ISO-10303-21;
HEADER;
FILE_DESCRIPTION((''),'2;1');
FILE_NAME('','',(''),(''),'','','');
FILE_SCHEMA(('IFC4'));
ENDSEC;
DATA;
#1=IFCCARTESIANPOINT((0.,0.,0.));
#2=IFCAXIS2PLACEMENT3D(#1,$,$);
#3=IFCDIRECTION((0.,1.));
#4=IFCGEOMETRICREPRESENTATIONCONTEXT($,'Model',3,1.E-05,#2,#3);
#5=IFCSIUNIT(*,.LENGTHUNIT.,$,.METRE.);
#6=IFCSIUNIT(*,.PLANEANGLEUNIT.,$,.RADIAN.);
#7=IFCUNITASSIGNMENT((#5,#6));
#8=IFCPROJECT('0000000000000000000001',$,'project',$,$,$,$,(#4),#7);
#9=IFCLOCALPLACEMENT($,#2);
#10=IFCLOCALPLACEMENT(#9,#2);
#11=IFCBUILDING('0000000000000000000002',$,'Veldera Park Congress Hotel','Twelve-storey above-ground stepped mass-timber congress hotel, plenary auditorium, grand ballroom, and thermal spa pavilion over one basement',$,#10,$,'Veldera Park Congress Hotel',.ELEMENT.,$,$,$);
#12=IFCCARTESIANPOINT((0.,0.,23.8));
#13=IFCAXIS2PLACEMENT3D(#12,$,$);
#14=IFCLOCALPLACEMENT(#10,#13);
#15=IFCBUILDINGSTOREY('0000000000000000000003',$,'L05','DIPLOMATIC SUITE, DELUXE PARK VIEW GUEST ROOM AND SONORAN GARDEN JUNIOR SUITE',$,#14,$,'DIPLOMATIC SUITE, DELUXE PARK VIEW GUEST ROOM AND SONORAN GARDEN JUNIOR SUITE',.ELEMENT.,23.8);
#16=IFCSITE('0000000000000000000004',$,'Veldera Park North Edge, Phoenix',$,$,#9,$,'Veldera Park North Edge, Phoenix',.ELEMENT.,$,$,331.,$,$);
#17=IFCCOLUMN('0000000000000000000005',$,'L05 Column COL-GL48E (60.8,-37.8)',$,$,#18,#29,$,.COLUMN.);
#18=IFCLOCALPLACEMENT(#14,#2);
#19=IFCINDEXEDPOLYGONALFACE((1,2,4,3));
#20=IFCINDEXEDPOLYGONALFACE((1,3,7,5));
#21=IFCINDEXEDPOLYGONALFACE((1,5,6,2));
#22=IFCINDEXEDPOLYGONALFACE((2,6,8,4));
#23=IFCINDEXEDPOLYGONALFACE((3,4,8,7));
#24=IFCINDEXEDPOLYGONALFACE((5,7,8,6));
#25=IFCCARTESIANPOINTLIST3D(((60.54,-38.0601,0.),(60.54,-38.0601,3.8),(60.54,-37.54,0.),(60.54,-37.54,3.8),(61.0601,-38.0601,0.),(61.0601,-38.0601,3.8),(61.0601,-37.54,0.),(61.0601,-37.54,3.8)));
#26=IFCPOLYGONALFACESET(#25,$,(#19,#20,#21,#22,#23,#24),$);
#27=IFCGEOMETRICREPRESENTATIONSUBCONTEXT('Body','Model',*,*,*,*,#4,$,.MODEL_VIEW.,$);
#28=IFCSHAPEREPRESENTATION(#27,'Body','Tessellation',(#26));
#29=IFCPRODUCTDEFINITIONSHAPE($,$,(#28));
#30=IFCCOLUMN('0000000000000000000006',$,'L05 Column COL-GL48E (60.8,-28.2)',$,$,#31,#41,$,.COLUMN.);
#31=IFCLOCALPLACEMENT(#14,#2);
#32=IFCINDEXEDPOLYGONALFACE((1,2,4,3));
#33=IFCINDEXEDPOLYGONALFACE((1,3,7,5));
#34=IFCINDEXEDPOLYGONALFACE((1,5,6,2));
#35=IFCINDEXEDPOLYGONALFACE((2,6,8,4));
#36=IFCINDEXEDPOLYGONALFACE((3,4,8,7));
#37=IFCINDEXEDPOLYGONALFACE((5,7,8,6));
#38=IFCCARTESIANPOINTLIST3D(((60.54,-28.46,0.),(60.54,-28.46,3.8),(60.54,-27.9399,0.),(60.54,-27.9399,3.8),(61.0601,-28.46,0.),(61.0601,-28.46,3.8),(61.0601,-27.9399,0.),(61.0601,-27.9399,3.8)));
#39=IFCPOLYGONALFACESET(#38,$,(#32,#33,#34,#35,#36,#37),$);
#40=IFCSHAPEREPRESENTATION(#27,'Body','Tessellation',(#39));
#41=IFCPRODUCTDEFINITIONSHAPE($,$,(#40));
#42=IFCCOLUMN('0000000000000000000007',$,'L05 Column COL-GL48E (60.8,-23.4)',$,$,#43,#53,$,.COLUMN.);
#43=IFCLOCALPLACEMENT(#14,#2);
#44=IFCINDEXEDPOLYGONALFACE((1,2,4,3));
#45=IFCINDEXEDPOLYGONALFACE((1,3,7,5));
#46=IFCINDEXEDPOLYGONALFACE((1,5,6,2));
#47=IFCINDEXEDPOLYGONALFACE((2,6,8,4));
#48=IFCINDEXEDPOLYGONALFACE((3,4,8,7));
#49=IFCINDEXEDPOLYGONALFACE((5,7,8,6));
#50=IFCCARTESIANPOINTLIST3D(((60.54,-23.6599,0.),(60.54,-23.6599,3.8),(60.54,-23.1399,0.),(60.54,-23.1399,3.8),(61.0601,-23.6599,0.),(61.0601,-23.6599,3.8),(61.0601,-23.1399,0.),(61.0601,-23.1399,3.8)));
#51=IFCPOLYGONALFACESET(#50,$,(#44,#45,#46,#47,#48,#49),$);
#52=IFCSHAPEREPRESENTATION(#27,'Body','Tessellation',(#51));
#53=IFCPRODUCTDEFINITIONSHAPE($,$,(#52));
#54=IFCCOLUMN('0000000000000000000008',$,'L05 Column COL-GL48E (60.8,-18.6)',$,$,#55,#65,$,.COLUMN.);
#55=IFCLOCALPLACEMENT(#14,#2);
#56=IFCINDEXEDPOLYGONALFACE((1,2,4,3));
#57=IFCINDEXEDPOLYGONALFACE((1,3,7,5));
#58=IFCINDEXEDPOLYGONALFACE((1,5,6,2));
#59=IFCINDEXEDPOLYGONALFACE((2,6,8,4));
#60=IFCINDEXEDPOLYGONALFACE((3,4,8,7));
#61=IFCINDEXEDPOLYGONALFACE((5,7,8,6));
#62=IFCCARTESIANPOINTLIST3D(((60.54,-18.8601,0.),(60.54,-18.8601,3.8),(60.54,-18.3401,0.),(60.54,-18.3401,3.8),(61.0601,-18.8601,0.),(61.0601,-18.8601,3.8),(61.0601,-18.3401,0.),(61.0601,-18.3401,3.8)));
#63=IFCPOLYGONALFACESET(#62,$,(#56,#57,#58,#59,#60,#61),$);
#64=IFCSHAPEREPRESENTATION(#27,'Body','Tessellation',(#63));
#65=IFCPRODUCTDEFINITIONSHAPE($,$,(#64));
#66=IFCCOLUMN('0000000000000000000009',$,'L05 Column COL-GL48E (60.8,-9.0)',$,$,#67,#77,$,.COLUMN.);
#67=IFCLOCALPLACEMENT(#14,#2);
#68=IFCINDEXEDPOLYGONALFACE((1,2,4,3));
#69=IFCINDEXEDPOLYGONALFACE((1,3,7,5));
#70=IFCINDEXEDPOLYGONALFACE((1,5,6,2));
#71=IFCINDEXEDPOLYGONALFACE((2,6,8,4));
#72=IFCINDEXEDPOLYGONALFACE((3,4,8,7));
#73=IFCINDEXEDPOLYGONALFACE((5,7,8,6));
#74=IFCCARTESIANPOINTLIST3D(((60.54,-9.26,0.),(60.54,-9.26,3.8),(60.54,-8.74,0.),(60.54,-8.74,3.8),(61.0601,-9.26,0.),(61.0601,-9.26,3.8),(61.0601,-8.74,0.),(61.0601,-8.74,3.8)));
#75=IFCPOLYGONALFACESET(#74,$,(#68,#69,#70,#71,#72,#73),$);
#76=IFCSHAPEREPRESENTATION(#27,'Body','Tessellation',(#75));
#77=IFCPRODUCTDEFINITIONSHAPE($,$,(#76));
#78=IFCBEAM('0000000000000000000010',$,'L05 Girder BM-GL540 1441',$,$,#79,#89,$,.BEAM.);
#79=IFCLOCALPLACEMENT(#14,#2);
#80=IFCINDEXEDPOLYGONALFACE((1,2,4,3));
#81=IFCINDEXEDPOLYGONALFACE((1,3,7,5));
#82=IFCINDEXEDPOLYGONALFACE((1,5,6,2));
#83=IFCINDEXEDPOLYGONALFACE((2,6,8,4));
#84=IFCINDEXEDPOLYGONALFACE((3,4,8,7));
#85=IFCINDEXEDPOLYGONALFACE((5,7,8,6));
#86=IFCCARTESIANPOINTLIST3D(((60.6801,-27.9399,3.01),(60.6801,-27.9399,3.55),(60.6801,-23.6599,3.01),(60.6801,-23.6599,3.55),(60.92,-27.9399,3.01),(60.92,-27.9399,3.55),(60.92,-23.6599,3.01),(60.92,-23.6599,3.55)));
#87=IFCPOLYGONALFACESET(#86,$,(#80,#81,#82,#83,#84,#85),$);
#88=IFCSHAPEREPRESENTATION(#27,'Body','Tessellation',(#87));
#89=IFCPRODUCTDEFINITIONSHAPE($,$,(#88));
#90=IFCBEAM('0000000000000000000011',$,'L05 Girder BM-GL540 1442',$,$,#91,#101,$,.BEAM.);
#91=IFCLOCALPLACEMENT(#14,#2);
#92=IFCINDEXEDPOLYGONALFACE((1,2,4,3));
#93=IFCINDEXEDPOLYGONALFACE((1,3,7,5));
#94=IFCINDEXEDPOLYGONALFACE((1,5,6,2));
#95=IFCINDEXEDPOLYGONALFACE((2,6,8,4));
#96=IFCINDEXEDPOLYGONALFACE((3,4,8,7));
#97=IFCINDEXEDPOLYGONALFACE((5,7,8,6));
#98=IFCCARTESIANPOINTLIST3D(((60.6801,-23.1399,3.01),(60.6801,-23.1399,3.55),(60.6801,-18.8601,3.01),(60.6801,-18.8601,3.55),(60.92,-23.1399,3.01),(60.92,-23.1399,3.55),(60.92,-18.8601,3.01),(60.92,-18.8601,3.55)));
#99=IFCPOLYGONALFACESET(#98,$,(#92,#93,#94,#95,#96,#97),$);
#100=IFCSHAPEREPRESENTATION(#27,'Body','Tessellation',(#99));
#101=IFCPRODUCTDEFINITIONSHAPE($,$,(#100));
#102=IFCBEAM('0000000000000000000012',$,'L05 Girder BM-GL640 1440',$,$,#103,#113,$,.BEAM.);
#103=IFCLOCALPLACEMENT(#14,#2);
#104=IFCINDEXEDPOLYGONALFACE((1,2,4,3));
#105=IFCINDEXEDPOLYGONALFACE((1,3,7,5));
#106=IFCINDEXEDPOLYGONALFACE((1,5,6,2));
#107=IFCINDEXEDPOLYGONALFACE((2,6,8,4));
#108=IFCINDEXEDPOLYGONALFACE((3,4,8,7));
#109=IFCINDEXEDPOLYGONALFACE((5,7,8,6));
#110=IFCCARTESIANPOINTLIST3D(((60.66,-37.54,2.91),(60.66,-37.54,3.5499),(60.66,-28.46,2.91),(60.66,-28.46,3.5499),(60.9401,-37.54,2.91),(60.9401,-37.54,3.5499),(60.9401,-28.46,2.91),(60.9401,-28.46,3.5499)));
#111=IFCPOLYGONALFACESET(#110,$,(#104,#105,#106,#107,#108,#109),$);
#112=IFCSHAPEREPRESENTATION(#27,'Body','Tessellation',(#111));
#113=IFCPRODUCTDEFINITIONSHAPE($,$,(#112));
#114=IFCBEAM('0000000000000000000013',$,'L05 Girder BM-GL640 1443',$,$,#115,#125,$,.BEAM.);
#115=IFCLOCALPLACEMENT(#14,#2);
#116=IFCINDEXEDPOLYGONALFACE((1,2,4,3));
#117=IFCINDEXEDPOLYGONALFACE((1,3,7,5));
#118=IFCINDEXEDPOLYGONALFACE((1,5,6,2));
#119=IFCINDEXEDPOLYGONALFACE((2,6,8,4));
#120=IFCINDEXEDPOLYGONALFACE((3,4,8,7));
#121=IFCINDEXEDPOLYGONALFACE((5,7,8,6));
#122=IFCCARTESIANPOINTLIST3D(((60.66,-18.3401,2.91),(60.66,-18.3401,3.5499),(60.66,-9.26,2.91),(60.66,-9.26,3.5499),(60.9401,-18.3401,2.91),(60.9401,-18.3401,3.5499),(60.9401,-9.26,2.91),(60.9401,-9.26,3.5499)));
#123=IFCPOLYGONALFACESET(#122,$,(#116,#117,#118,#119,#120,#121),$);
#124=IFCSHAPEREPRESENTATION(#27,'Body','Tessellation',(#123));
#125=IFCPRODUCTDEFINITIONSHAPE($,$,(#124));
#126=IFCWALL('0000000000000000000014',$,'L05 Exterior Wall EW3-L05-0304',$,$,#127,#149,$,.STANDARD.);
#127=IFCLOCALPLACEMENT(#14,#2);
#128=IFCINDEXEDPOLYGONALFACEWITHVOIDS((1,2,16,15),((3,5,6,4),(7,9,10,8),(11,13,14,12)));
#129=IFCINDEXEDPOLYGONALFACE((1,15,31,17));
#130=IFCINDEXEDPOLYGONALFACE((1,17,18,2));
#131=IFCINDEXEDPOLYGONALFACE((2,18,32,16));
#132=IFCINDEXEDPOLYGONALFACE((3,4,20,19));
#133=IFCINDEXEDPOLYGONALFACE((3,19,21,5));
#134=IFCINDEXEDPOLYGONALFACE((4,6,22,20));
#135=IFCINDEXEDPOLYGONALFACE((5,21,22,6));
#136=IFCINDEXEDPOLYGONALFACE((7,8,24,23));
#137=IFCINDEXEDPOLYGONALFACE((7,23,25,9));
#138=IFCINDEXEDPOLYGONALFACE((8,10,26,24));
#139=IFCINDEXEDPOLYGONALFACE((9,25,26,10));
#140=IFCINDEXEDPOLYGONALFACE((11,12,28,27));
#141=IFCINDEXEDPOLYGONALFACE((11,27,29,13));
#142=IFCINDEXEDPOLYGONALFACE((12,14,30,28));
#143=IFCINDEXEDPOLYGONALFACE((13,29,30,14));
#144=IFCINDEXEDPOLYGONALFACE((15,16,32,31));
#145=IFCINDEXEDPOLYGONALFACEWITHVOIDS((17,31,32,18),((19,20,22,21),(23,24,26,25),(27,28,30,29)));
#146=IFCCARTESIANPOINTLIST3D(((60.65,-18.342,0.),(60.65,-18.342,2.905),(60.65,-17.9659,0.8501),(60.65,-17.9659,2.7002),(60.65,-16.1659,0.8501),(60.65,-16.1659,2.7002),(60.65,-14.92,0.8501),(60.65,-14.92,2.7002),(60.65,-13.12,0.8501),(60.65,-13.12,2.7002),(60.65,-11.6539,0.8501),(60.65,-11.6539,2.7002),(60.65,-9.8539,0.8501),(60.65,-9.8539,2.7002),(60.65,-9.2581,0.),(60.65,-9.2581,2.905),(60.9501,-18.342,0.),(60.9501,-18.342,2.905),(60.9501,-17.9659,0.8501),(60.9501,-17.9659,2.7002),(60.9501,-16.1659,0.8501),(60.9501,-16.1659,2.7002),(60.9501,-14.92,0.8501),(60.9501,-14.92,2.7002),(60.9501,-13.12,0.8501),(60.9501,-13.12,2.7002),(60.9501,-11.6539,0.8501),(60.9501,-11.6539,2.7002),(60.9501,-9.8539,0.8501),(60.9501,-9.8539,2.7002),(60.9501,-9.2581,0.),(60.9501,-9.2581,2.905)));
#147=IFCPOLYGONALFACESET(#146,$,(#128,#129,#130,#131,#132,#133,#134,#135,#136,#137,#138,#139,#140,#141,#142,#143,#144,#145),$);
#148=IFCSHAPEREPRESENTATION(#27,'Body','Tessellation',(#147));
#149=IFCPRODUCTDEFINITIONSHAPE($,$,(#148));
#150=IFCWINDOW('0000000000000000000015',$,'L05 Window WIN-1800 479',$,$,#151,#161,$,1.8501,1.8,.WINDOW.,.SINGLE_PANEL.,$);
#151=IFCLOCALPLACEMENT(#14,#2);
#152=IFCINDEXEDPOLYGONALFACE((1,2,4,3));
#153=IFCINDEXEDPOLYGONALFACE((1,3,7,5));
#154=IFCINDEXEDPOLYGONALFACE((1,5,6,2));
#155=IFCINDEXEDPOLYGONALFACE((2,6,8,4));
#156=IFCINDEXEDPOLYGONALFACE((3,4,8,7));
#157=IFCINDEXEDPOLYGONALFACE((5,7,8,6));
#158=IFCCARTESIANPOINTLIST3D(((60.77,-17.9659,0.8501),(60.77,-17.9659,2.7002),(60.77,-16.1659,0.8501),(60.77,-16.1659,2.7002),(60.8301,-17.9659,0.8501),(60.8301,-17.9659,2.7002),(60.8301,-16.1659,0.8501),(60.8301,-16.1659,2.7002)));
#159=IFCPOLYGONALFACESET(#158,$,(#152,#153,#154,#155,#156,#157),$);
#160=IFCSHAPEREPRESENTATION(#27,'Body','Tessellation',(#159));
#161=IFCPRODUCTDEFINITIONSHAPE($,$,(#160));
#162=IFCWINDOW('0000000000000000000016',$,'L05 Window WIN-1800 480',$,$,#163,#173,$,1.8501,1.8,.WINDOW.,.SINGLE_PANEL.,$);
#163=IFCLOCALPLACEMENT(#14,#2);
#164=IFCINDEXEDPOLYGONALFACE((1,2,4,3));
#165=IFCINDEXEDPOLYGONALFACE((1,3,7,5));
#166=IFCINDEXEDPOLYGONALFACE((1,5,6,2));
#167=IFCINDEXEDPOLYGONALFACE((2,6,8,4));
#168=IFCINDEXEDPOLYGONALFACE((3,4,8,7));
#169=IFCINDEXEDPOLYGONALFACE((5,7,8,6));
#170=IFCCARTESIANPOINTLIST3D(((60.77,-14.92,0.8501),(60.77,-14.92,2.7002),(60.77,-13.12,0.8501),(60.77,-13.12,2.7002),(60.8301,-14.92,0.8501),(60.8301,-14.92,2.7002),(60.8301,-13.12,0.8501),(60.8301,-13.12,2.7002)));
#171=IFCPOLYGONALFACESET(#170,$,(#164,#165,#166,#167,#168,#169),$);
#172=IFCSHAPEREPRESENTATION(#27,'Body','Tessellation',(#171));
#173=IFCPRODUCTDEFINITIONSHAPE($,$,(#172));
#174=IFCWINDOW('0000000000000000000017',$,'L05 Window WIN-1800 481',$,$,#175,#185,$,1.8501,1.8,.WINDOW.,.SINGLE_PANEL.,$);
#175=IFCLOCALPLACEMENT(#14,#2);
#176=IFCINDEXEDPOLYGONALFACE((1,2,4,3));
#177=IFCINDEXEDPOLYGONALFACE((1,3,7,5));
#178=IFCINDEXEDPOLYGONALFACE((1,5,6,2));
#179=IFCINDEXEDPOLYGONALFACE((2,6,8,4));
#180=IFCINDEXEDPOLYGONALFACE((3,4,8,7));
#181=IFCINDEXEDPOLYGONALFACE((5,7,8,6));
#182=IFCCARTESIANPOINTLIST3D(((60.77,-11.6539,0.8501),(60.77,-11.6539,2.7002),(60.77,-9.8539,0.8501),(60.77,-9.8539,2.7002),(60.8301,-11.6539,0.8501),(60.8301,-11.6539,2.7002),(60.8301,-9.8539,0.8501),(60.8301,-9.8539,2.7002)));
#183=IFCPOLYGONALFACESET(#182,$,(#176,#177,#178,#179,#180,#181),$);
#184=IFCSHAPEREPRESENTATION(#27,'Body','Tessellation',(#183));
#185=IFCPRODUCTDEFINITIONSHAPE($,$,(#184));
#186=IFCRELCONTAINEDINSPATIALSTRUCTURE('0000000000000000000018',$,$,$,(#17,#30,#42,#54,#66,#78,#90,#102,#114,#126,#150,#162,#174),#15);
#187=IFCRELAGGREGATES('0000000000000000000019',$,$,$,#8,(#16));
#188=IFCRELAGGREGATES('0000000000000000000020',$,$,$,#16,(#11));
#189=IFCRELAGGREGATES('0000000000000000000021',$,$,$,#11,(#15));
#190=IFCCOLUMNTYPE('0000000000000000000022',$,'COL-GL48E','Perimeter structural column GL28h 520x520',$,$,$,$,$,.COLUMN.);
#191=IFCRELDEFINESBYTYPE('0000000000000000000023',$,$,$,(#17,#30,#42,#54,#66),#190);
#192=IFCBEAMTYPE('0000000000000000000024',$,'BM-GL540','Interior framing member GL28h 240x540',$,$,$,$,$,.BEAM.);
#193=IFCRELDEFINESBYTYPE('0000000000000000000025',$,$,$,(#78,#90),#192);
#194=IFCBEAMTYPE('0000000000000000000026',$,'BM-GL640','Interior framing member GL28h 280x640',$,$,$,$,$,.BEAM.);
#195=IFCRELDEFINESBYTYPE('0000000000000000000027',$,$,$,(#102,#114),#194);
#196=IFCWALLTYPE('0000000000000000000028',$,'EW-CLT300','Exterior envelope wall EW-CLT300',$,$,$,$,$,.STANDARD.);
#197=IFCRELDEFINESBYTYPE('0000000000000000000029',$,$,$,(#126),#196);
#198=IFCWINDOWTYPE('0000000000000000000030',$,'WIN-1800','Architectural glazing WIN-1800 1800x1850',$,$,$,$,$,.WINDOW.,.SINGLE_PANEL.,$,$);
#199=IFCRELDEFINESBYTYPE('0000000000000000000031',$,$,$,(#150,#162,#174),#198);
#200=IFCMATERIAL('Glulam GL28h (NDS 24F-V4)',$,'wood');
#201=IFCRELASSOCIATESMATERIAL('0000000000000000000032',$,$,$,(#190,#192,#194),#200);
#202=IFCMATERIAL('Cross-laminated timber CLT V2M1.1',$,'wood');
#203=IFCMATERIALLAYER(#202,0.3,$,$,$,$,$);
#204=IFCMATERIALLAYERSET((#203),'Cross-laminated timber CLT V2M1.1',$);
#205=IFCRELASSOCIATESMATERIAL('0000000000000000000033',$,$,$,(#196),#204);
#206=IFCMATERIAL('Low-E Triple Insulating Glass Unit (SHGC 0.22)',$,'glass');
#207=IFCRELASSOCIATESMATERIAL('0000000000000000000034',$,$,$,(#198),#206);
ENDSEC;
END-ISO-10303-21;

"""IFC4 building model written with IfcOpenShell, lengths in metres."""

from ifc_helpers import new_model, si_unit, direction, frame, frame_2d, origin, origin_2d, place, context, subcontext, project, spatial, rectangle, extrude, material, layer, layer_set, material_profile, profile_set, type_object, element, fill, save


model = new_model("IFC4")

# Units and contexts
model_context = context("Model", 3, precision=1e-05, world=origin(), true_north=direction((0.0, 1.0)))
body_context = subcontext(model_context, "Body", "Model", "MODEL_VIEW")
ifc_project = project(units=[si_unit("LENGTHUNIT", "METRE"), si_unit("PLANEANGLEUNIT", "RADIAN")], contexts=[model_context])

# Site, building, storey
site_placement = place(None, origin())
site = spatial("IfcSite", under=ifc_project, at=site_placement, Name="Veldera Park North Edge, Phoenix", LongName="Veldera Park North Edge, Phoenix", CompositionType="ELEMENT", RefElevation=331.0)
building_placement = place(site_placement, origin())
building = spatial("IfcBuilding", under=site, at=building_placement, Name="Veldera Park Congress Hotel", Description="Twelve-storey above-ground stepped mass-timber congress hotel, plenary auditorium, grand ballroom, and thermal spa pavilion over one basement", LongName="Veldera Park Congress Hotel", CompositionType="ELEMENT")
storey_placement = place(building_placement, frame((0.0, 0.0, 23.8)))
storey = spatial("IfcBuildingStorey", under=building, at=storey_placement, Name="L05", Description="DIPLOMATIC SUITE, DELUXE PARK VIEW GUEST ROOM AND SONORAN GARDEN JUNIOR SUITE", LongName="DIPLOMATIC SUITE, DELUXE PARK VIEW GUEST ROOM AND SONORAN GARDEN JUNIOR SUITE", CompositionType="ELEMENT", Elevation=23.8)

# Columns
ifc_material_1 = material(Name="Glulam GL28h (NDS 24F-V4)", Category="wood")
ifc_material_profile_1 = material_profile(ifc_material_1, rectangle(XDim=0.52, YDim=0.52, at=origin_2d()), Name="GL28h 520x520")
ifc_profile_set_1 = profile_set([ifc_material_profile_1], Name="Glulam GL28h (NDS 24F-V4)")
column_type = type_object("IfcColumnType", Name="COL-GL48E", Description="Perimeter structural column GL28h 520x520", PredefinedType="COLUMN", material=ifc_profile_set_1)
for number, where, z_axis, x_axis, name in (
    (1, (60.8, -37.8, 0.0), (0.0, 0.0, 1.0), (1.0, 0.0, 0.0), "L05 Column COL-GL48E (60.8,-37.8)"),
    (2, (60.8, -28.2, 0.0), (0.0, 0.0, 1.0), (1.0, 0.0, 0.0), "L05 Column COL-GL48E (60.8,-28.2)"),
    (3, (60.8, -23.3999, 0.0), (0.0, 0.0, 1.0), (1.0, 0.0, 0.0), "L05 Column COL-GL48E (60.8,-23.4)"),
    (4, (60.8, -18.6001, 0.0), (0.0, 0.0, 1.0), (1.0, 0.0, 0.0), "L05 Column COL-GL48E (60.8,-18.6)"),
    (5, (60.8, -9.0, 0.0), (0.0, 0.0, 1.0), (1.0, 0.0, 0.0), "L05 Column COL-GL48E (60.8,-9.0)"),
):
    element("IfcColumn", number, at=place(storey_placement, frame(where, z_axis=z_axis, x_axis=x_axis)), inside=storey, type_object=column_type, Name=name, PredefinedType="COLUMN", context=body_context, shape_type="SweptSolid", body=[
        extrude(rectangle(XDim=0.52, YDim=0.52, at=origin_2d()), origin(), (0.0, 0.0, 1.0), 3.8),
    ])

# Beams
ifc_material_profile_2 = material_profile(ifc_material_1, rectangle(XDim=0.24, YDim=0.54, at=origin_2d()), Name="GL28h 240x540")
ifc_profile_set_2 = profile_set([ifc_material_profile_2], Name="Glulam GL28h (NDS 24F-V4)")
beam_type_1 = type_object("IfcBeamType", Name="BM-GL540", Description="Interior framing member GL28h 240x540", PredefinedType="BEAM", material=ifc_profile_set_2)
beam_1_placement = place(storey_placement, frame((60.8, -27.9399, 3.28), z_axis=(0.0, 1.0, 0.0), x_axis=(-1.0, 0.0, 0.0)))
element("IfcBeam", 6, at=beam_1_placement, inside=storey, type_object=beam_type_1, Name="L05 Girder BM-GL540 1441", PredefinedType="BEAM", context=body_context, shape_type="SweptSolid", body=[
    extrude(rectangle(XDim=0.24, YDim=0.54, at=origin_2d()), origin(), (0.0, 0.0, 1.0), 4.28),
])
beam_2_placement = place(storey_placement, frame((60.8, -23.1399, 3.28), z_axis=(0.0, 1.0, 0.0), x_axis=(-1.0, 0.0, 0.0)))
element("IfcBeam", 7, at=beam_2_placement, inside=storey, type_object=beam_type_1, Name="L05 Girder BM-GL540 1442", PredefinedType="BEAM", context=body_context, shape_type="SweptSolid", body=[
    extrude(rectangle(XDim=0.24, YDim=0.54, at=origin_2d()), origin(), (0.0, 0.0, 1.0), 4.2798),
])
ifc_material_profile_3 = material_profile(ifc_material_1, rectangle(XDim=0.28, YDim=0.6399, at=origin_2d()), Name="GL28h 280x640")
ifc_profile_set_3 = profile_set([ifc_material_profile_3], Name="Glulam GL28h (NDS 24F-V4)")
beam_type_2 = type_object("IfcBeamType", Name="BM-GL640", Description="Interior framing member GL28h 280x640", PredefinedType="BEAM", material=ifc_profile_set_3)
for number, where, z_axis, x_axis, name in (
    (8, (60.8, -37.54, 3.23), (0.0, 1.0, 0.0), (-1.0, 0.0, 0.0), "L05 Girder BM-GL640 1440"),
    (9, (60.8, -18.3401, 3.23), (0.0, 1.0, 0.0), (-1.0, 0.0, 0.0), "L05 Girder BM-GL640 1443"),
):
    element("IfcBeam", number, at=place(storey_placement, frame(where, z_axis=z_axis, x_axis=x_axis)), inside=storey, type_object=beam_type_2, Name=name, PredefinedType="BEAM", context=body_context, shape_type="SweptSolid", body=[
        extrude(rectangle(XDim=0.28, YDim=0.6399, at=origin_2d()), origin(), (0.0, 0.0, 1.0), 9.0801),
    ])

# Wall, openings, windows
ifc_material_2 = material(Name="Cross-laminated timber CLT V2M1.1", Category="wood")
ifc_layer_1 = layer(ifc_material_2, 0.3)
ifc_layer_set_1 = layer_set([ifc_layer_1], Name="Cross-laminated timber CLT V2M1.1")
wall_type_1 = type_object("IfcWallType", Name="EW-CLT300", Description="Exterior envelope wall EW-CLT300", PredefinedType="STANDARD", material=ifc_layer_set_1)
wall_1_placement = place(storey_placement, frame((60.8, -9.2581, 0.0), z_axis=(0.0, 0.0, 1.0), x_axis=(0.0, -1.0, 0.0)))
wall_1 = element("IfcWall", 10, at=wall_1_placement, inside=storey, type_object=wall_type_1, Name="L05 Exterior Wall EW3-L05-0304", PredefinedType="STANDARD", context=body_context, shape_type="SweptSolid", body=[
    extrude(rectangle(XDim=9.084, YDim=0.3, at=frame_2d((4.542, 0.0))), origin(), (0.0, 0.0, 1.0), 2.905),
])
opening_1_placement = place(wall_1_placement, frame((6.908, 0.0, 0.8501)))
opening_1 = element("IfcOpeningElement", 11, at=opening_1_placement, cuts=wall_1, PredefinedType="OPENING", context=body_context, shape_type="SweptSolid", body=[
    extrude(rectangle(XDim=1.8, YDim=1.8501, at=frame_2d((0.8999, 0.925))), frame((0.0, 0.1621, 0.0), z_axis=(0.0, -1.0, 0.0), x_axis=(1.0, 0.0, 0.0)), (0.0, 0.0, 1.0), 0.324),
])
opening_2_placement = place(wall_1_placement, frame((3.8621, 0.0, 0.8501)))
opening_2 = element("IfcOpeningElement", 12, at=opening_2_placement, cuts=wall_1, PredefinedType="OPENING", context=body_context, shape_type="SweptSolid", body=[
    extrude(rectangle(XDim=1.8, YDim=1.8501, at=frame_2d((0.8999, 0.925))), frame((0.0, 0.1621, 0.0), z_axis=(0.0, -1.0, 0.0), x_axis=(1.0, 0.0, 0.0)), (0.0, 0.0, 1.0), 0.324),
])
opening_3_placement = place(wall_1_placement, frame((0.5959, 0.0, 0.8501)))
opening_3 = element("IfcOpeningElement", 13, at=opening_3_placement, cuts=wall_1, PredefinedType="OPENING", context=body_context, shape_type="SweptSolid", body=[
    extrude(rectangle(XDim=1.8, YDim=1.8501, at=frame_2d((0.8999, 0.925))), frame((0.0, 0.1621, 0.0), z_axis=(0.0, -1.0, 0.0), x_axis=(1.0, 0.0, 0.0)), (0.0, 0.0, 1.0), 0.324),
])
ifc_material_3 = material(Name="Low-E Triple Insulating Glass Unit (SHGC 0.22)", Category="glass")
window_type_1 = type_object("IfcWindowType", Name="WIN-1800", Description="Architectural glazing WIN-1800 1800x1850", PartitioningType="SINGLE_PANEL", PredefinedType="WINDOW", material=ifc_material_3)
window_1_placement = place(opening_1_placement, origin())
window_1 = element("IfcWindow", 14, at=window_1_placement, inside=storey, type_object=window_type_1, Name="L05 Window WIN-1800 479", OverallHeight=1.8501, OverallWidth=1.8, PartitioningType="SINGLE_PANEL", PredefinedType="WINDOW", context=body_context, shape_type="SweptSolid", body=[
    extrude(rectangle(XDim=1.8, YDim=1.8501, at=frame_2d((0.8999, 0.925))), frame((0.0, 0.03, 0.0), z_axis=(0.0, -1.0, 0.0), x_axis=(1.0, 0.0, 0.0)), (0.0, 0.0, 1.0), 0.0601),
])
fill(opening_1, window_1)
window_2_placement = place(opening_2_placement, origin())
window_2 = element("IfcWindow", 15, at=window_2_placement, inside=storey, type_object=window_type_1, Name="L05 Window WIN-1800 480", OverallHeight=1.8501, OverallWidth=1.8, PartitioningType="SINGLE_PANEL", PredefinedType="WINDOW", context=body_context, shape_type="SweptSolid", body=[
    extrude(rectangle(XDim=1.8, YDim=1.8501, at=frame_2d((0.8999, 0.925))), frame((0.0, 0.03, 0.0), z_axis=(0.0, -1.0, 0.0), x_axis=(1.0, 0.0, 0.0)), (0.0, 0.0, 1.0), 0.0601),
])
fill(opening_2, window_2)
window_3_placement = place(opening_3_placement, origin())
window_3 = element("IfcWindow", 16, at=window_3_placement, inside=storey, type_object=window_type_1, Name="L05 Window WIN-1800 481", OverallHeight=1.8501, OverallWidth=1.8, PartitioningType="SINGLE_PANEL", PredefinedType="WINDOW", context=body_context, shape_type="SweptSolid", body=[
    extrude(rectangle(XDim=1.8, YDim=1.8501, at=frame_2d((0.8999, 0.925))), frame((0.0, 0.03, 0.0), z_axis=(0.0, -1.0, 0.0), x_axis=(1.0, 0.0, 0.0)), (0.0, 0.0, 1.0), 0.0601),
])
fill(opening_3, window_3)

save(model, "model.ifc")
